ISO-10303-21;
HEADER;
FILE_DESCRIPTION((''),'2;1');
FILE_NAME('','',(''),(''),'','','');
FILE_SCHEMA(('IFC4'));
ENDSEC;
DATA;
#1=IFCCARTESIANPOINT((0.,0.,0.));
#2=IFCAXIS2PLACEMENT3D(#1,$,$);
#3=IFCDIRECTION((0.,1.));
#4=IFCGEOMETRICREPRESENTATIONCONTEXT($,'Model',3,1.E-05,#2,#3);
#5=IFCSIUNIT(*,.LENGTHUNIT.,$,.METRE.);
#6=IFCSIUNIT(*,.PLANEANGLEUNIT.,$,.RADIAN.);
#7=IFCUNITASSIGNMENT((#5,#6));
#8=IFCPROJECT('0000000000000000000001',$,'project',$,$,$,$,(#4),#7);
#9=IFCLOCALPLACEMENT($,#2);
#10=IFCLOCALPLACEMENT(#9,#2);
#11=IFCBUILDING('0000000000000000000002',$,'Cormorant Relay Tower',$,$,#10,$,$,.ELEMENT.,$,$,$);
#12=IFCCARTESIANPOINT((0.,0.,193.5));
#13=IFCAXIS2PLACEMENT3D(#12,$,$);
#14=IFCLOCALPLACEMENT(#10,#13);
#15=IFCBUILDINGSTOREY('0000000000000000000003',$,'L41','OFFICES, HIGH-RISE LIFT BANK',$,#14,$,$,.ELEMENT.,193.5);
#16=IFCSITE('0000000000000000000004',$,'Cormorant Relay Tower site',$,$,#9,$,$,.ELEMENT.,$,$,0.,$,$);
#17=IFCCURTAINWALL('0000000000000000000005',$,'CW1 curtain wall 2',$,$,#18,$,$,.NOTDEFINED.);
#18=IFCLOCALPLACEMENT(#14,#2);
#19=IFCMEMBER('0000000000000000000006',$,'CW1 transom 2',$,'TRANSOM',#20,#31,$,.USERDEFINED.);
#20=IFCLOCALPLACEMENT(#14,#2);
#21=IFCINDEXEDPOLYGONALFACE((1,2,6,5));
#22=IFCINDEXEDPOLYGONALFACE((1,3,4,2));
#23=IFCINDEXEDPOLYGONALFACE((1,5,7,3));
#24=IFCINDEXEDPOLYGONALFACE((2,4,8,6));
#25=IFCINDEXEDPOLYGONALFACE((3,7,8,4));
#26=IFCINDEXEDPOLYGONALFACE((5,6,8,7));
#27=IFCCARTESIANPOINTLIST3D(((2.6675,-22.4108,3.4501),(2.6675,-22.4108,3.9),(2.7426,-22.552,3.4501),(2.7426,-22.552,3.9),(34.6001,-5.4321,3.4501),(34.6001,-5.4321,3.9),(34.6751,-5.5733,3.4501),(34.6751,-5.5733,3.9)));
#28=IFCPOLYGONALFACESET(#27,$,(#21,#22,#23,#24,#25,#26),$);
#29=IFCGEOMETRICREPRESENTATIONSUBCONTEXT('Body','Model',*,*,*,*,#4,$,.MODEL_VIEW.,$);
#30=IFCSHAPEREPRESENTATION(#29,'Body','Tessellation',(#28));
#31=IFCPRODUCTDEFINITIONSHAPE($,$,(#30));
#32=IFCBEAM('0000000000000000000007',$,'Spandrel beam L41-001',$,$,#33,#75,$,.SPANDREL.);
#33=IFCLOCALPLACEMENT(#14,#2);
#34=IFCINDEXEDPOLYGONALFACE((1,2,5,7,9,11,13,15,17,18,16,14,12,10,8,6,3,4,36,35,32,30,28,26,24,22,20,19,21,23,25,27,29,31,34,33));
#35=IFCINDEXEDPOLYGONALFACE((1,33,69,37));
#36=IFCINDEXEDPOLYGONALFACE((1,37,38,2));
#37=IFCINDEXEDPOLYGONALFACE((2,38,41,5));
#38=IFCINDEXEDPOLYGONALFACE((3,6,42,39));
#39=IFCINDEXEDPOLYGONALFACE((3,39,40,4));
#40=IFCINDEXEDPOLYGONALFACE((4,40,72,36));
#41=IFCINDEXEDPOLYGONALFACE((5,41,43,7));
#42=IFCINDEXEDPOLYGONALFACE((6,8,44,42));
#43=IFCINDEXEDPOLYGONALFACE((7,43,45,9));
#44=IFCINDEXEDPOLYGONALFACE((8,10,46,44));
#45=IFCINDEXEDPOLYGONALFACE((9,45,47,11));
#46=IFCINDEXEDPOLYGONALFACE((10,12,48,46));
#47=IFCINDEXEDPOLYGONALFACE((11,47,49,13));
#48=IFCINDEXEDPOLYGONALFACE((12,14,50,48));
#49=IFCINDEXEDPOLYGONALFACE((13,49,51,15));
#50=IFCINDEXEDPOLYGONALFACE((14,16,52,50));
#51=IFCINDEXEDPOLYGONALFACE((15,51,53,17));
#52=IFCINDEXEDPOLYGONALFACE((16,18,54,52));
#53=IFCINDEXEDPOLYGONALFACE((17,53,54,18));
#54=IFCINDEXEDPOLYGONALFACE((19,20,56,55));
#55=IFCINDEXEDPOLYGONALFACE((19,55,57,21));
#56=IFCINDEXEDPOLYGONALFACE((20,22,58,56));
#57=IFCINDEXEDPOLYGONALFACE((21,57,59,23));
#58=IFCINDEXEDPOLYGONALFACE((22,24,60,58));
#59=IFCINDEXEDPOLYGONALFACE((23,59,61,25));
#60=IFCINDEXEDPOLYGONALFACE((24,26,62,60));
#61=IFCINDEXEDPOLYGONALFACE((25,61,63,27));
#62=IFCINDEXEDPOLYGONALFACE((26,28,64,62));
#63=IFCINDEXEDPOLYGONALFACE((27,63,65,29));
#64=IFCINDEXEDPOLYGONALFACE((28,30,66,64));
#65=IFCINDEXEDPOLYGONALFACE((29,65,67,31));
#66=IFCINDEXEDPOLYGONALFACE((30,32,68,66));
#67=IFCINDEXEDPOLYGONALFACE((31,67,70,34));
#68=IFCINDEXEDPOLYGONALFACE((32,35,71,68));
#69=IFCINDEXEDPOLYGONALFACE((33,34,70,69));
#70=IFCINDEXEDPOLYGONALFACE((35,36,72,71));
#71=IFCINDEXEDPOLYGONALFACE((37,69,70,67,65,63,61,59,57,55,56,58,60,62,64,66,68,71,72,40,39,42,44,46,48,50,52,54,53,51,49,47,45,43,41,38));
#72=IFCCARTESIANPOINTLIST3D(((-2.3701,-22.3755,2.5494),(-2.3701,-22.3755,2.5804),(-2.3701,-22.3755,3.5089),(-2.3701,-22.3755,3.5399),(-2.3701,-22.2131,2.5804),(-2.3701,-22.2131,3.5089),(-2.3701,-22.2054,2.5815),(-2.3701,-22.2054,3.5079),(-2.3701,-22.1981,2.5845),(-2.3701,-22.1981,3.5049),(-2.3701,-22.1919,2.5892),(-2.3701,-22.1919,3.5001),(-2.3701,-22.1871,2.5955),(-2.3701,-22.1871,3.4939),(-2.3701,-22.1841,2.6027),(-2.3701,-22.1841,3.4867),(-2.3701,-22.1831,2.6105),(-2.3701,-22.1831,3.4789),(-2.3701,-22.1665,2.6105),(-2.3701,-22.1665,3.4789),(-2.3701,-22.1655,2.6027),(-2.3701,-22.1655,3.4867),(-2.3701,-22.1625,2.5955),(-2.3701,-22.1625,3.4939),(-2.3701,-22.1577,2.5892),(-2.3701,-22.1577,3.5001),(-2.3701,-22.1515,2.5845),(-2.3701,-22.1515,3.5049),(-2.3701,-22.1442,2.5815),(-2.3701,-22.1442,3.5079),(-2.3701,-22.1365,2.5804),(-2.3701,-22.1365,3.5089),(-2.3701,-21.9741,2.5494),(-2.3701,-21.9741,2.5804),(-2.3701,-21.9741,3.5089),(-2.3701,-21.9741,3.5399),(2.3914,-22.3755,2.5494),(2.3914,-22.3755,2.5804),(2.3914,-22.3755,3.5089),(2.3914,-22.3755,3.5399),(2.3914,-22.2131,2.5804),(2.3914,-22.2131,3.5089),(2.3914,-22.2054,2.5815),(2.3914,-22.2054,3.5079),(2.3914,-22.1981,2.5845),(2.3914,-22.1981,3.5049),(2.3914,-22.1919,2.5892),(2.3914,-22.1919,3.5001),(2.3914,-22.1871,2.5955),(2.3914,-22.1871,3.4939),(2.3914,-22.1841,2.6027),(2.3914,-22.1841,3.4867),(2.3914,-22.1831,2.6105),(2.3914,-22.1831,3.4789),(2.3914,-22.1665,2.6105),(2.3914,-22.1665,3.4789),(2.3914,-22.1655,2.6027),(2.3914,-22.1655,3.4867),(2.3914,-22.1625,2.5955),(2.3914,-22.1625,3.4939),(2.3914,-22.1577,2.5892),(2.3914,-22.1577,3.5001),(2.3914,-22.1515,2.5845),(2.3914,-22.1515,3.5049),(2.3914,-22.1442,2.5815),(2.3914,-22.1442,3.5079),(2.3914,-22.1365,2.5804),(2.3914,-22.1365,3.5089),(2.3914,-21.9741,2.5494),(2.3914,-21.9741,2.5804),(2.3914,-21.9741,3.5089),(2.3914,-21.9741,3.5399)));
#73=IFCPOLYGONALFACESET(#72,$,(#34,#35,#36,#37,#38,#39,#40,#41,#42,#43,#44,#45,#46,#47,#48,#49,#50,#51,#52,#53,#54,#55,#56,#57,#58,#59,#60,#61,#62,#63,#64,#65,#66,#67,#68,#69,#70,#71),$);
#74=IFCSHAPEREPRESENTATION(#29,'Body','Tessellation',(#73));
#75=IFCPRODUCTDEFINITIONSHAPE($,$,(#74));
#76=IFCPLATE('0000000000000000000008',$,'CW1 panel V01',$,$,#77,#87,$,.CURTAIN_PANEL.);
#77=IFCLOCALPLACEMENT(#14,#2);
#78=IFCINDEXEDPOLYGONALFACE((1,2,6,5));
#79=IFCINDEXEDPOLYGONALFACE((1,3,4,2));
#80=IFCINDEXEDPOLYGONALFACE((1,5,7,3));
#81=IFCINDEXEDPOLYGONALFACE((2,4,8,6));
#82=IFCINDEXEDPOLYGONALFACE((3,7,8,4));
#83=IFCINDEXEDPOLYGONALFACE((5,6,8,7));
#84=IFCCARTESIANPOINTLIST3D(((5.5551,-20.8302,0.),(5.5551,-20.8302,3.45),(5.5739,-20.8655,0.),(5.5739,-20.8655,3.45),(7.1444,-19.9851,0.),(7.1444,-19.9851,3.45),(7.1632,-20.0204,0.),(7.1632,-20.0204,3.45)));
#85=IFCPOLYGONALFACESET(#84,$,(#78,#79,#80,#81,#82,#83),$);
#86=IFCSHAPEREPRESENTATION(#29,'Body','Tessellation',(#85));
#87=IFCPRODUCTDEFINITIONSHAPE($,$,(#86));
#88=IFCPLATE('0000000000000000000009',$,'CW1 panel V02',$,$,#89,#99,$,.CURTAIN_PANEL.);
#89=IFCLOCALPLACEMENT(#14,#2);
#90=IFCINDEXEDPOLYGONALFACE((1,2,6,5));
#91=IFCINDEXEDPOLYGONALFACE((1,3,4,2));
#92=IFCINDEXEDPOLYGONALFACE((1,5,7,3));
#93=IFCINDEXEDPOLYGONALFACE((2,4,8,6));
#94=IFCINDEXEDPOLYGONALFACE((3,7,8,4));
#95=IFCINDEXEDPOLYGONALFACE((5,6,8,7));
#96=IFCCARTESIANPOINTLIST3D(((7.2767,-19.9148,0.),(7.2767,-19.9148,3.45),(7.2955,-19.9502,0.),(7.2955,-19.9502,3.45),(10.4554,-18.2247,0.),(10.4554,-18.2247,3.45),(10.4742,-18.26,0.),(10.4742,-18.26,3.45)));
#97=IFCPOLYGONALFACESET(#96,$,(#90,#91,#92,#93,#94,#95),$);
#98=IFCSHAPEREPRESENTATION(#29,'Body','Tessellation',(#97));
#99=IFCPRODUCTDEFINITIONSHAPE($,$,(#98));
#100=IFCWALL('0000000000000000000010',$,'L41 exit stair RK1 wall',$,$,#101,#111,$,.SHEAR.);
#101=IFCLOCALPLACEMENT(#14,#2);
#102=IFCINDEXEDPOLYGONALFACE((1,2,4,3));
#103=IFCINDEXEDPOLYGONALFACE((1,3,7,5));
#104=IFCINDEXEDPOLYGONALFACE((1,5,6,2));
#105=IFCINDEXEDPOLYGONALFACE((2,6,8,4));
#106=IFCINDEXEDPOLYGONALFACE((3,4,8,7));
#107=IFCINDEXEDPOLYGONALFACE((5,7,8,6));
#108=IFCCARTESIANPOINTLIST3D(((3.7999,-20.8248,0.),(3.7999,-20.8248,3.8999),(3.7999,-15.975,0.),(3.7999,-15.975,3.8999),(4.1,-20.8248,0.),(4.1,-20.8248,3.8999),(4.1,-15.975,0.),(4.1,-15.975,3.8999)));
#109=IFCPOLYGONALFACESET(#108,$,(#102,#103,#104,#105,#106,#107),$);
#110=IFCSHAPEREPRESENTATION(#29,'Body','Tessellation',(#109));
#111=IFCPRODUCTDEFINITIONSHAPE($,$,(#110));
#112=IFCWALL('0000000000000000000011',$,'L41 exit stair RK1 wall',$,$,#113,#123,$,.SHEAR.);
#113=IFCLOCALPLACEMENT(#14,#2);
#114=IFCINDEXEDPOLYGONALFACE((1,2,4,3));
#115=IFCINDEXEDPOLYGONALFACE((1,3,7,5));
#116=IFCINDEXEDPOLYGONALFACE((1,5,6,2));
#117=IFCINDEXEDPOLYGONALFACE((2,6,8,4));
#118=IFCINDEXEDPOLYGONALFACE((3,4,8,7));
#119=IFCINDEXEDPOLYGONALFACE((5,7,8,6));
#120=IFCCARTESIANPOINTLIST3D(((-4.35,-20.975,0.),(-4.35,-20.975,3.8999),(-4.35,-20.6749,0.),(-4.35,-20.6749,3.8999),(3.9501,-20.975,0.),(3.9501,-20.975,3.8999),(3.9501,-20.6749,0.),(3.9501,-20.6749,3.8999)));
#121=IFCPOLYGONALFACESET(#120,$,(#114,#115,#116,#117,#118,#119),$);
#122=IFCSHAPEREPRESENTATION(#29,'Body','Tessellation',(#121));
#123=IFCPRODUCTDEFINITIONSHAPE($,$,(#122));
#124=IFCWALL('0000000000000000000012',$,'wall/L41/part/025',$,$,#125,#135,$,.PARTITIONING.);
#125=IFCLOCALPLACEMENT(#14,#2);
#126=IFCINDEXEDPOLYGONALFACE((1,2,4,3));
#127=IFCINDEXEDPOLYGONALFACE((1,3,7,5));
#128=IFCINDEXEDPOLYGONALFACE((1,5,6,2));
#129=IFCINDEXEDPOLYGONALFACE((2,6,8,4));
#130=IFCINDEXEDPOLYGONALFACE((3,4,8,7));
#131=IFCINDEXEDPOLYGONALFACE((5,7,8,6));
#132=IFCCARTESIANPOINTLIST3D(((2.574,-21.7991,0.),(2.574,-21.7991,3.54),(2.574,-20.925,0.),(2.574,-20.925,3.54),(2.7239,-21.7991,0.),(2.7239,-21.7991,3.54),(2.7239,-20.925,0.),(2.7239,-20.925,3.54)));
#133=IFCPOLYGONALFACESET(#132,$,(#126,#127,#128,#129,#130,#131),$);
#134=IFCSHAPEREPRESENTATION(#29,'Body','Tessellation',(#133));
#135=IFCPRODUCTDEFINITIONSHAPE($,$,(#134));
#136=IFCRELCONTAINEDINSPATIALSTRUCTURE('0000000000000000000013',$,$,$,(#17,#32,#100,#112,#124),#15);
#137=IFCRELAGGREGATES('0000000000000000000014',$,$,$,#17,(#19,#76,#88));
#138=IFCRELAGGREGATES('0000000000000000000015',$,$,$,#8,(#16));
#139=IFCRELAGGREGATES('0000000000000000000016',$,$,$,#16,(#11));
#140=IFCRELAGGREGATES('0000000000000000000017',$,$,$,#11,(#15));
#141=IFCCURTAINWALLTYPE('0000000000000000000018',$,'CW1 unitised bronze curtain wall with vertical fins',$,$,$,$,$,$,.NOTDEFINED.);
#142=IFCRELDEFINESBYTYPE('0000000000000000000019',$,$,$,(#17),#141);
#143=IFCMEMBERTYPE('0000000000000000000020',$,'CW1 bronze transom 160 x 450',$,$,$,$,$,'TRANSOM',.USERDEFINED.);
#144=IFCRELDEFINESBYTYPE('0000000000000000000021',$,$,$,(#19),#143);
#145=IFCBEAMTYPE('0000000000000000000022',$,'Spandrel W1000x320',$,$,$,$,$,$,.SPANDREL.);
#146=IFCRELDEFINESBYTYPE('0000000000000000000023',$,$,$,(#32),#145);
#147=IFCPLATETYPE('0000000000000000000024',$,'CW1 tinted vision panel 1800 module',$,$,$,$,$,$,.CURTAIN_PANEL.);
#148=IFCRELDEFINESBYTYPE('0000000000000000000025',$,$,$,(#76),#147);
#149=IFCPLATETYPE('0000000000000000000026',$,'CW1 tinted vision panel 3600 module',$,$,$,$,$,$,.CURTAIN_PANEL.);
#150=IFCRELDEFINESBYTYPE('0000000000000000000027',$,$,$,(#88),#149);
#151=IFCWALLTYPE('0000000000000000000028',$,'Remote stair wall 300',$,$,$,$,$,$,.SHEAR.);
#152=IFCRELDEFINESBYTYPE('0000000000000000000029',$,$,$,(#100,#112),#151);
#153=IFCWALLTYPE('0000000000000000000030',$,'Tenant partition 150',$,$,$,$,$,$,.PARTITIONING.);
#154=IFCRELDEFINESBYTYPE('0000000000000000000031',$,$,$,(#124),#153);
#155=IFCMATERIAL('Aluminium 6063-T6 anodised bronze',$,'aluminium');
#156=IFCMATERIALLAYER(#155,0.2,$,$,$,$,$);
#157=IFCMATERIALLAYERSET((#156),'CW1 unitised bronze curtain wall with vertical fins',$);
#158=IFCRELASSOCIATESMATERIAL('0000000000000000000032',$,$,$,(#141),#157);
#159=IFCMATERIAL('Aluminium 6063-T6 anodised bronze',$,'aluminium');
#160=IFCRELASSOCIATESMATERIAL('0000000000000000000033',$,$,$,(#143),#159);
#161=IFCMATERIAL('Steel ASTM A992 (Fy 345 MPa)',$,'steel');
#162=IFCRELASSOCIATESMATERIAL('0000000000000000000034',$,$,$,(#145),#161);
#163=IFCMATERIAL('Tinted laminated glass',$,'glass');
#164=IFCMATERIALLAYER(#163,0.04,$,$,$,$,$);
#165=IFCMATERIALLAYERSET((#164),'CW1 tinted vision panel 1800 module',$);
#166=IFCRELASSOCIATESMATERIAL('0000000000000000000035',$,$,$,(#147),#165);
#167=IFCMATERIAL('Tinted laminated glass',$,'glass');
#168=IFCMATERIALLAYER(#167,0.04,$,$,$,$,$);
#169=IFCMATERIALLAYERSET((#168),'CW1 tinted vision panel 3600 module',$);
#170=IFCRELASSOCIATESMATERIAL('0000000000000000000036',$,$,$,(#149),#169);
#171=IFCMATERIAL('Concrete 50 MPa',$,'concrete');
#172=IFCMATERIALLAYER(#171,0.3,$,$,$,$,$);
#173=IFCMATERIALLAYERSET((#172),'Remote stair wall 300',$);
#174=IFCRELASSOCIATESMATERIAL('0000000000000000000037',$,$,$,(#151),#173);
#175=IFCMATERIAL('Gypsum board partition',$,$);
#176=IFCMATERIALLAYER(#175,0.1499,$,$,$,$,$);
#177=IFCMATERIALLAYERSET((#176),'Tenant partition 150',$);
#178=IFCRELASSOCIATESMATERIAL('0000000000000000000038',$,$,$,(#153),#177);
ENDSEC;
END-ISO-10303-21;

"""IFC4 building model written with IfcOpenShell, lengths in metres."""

from ifc_helpers import new_model, si_unit, direction, frame, frame_2d, origin, origin_2d, place, context, subcontext, project, spatial, rectangle, i_section, extrude, material, layer, layer_set, material_profile, profile_set, type_object, element, aggregate, save


model = new_model("IFC4")

# Units and contexts
model_context = context("Model", 3, precision=1e-05, world=origin(), true_north=direction((0.0, 1.0)))
body_context = subcontext(model_context, "Body", "Model", "MODEL_VIEW")
ifc_project = project(units=[si_unit("LENGTHUNIT", "METRE"), si_unit("PLANEANGLEUNIT", "RADIAN")], contexts=[model_context])

# Site, building, storey
site_placement = place(None, origin())
site = spatial("IfcSite", under=ifc_project, at=site_placement, Name="Cormorant Relay Tower site", CompositionType="ELEMENT", RefElevation=0.0)
building_placement = place(site_placement, origin())
building = spatial("IfcBuilding", under=site, at=building_placement, Name="Cormorant Relay Tower", CompositionType="ELEMENT")
storey_placement = place(building_placement, frame((0.0, 0.0, 193.5)))
storey = spatial("IfcBuildingStorey", under=building, at=storey_placement, Name="L41", Description="OFFICES, HIGH-RISE LIFT BANK", CompositionType="ELEMENT", Elevation=193.5)

# Curtain wall, member
ifc_material_1 = material(Name="Aluminium 6063-T6 anodised bronze", Category="aluminium")
ifc_layer_1 = layer(ifc_material_1, 0.2)
ifc_layer_set_1 = layer_set([ifc_layer_1], Name="CW1 unitised bronze curtain wall with vertical fins")
curtain_wall_type = type_object("IfcCurtainWallType", Name="CW1 unitised bronze curtain wall with vertical fins", PredefinedType="NOTDEFINED", material=ifc_layer_set_1)
curtain_wall_1_placement = place(storey_placement, origin())
curtain_wall_1 = element("IfcCurtainWall", 1, at=curtain_wall_1_placement, inside=storey, type_object=curtain_wall_type, Name="CW1 curtain wall 2", PredefinedType="NOTDEFINED")
ifc_material_2 = material(Name="Aluminium 6063-T6 anodised bronze", Category="aluminium")
ifc_material_profile_1 = material_profile(ifc_material_2, rectangle(XDim=0.1599, YDim=0.45, at=origin_2d()), Name="AL 160x450")
ifc_profile_set_1 = profile_set([ifc_material_profile_1], Name="Aluminium 6063-T6 anodised bronze")
member_type_1 = type_object("IfcMemberType", Name="CW1 bronze transom 160 x 450", ElementType="TRANSOM", PredefinedType="USERDEFINED", material=ifc_profile_set_1)
member_1_placement = place(storey_placement, frame((2.7051, -22.4814, 3.675), z_axis=(0.882949, 0.469469, 0.0), x_axis=(-0.469469, 0.882949, 0.0)))
member_1 = element("IfcMember", 2, at=member_1_placement, type_object=member_type_1, Name="CW1 transom 2", ObjectType="TRANSOM", PredefinedType="USERDEFINED", context=body_context, shape_type="SweptSolid", body=[
    extrude(rectangle(XDim=0.1599, YDim=0.45, at=origin_2d()), origin(), (0.0, 0.0, 1.0), 36.1658),
])

# Beam
ifc_material_3 = material(Name="Steel ASTM A992 (Fy 345 MPa)", Category="steel")
ifc_material_profile_2 = material_profile(ifc_material_3, i_section(OverallWidth=0.4014, OverallDepth=0.9905, WebThickness=0.0166, FlangeThickness=0.031, FilletRadius=0.03, at=origin_2d()), Name="W1000x320")
ifc_profile_set_2 = profile_set([ifc_material_profile_2], Name="Steel ASTM A992 (Fy 345 MPa)")
beam_type = type_object("IfcBeamType", Name="Spandrel W1000x320", PredefinedType="SPANDREL", material=ifc_profile_set_2)
beam_placement = place(storey_placement, frame((-2.3701, -22.1748, 3.0447), z_axis=(1.0, 0.0, 0.0), x_axis=(0.0, 1.0, 0.0)))
element("IfcBeam", 3, at=beam_placement, inside=storey, type_object=beam_type, Name="Spandrel beam L41-001", PredefinedType="SPANDREL", context=body_context, shape_type="SweptSolid", body=[
    extrude(i_section(OverallWidth=0.4014, OverallDepth=0.9905, WebThickness=0.0166, FlangeThickness=0.031, FilletRadius=0.03, at=origin_2d()), origin(), (0.0, 0.0, 1.0), 4.7615),
])

# Plates
ifc_material_4 = material(Name="Tinted laminated glass", Category="glass")
ifc_layer_2 = layer(ifc_material_4, 0.04)
ifc_layer_set_2 = layer_set([ifc_layer_2], Name="CW1 tinted vision panel 1800 module")
plate_type_1 = type_object("IfcPlateType", Name="CW1 tinted vision panel 1800 module", PredefinedType="CURTAIN_PANEL", material=ifc_layer_set_2)
plate_1_placement = place(storey_placement, frame((6.3591, -20.4253, 0.0), z_axis=(0.0, 0.0, 1.0), x_axis=(0.882948, 0.469472, 0.0)))
plate_1 = element("IfcPlate", 4, at=plate_1_placement, type_object=plate_type_1, Name="CW1 panel V01", PredefinedType="CURTAIN_PANEL", context=body_context, shape_type="SweptSolid", body=[
    extrude(rectangle(XDim=1.8, YDim=0.04, at=origin_2d()), origin(), (0.0, 0.0, 1.0), 3.45),
])
ifc_material_5 = material(Name="Tinted laminated glass", Category="glass")
ifc_layer_3 = layer(ifc_material_5, 0.04)
ifc_layer_set_3 = layer_set([ifc_layer_3], Name="CW1 tinted vision panel 3600 module")
plate_type_2 = type_object("IfcPlateType", Name="CW1 tinted vision panel 3600 module", PredefinedType="CURTAIN_PANEL", material=ifc_layer_set_3)
plate_2_placement = place(storey_placement, frame((8.8755, -19.0874, 0.0), z_axis=(0.0, 0.0, 1.0), x_axis=(0.882948, 0.469472, 0.0)))
plate_2 = element("IfcPlate", 5, at=plate_2_placement, type_object=plate_type_2, Name="CW1 panel V02", PredefinedType="CURTAIN_PANEL", context=body_context, shape_type="SweptSolid", body=[
    extrude(rectangle(XDim=3.6001, YDim=0.04, at=origin_2d()), origin(), (0.0, 0.0, 1.0), 3.45),
])

# Walls
ifc_material_6 = material(Name="Concrete 50 MPa", Category="concrete")
ifc_layer_4 = layer(ifc_material_6, 0.3)
ifc_layer_set_4 = layer_set([ifc_layer_4], Name="Remote stair wall 300")
wall_type_1 = type_object("IfcWallType", Name="Remote stair wall 300", PredefinedType="SHEAR", material=ifc_layer_set_4)
wall_1_placement = place(storey_placement, frame((3.95, -15.9751, 0.0), z_axis=(0.0, 0.0, 1.0), x_axis=(0.0, -1.0, 0.0)))
element("IfcWall", 6, at=wall_1_placement, inside=storey, type_object=wall_type_1, Name="L41 exit stair RK1 wall", PredefinedType="SHEAR", context=body_context, shape_type="SweptSolid", body=[
    extrude(rectangle(XDim=4.8499, YDim=0.3, at=frame_2d((2.4248, 0.0))), origin(), (0.0, 0.0, 1.0), 3.8999),
])
wall_2_placement = place(storey_placement, frame((3.95, -20.825, 0.0), z_axis=(0.0, 0.0, 1.0), x_axis=(-1.0, 0.0, 0.0)))
element("IfcWall", 7, at=wall_2_placement, inside=storey, type_object=wall_type_1, Name="L41 exit stair RK1 wall", PredefinedType="SHEAR", context=body_context, shape_type="SweptSolid", body=[
    extrude(rectangle(XDim=8.3, YDim=0.3, at=frame_2d((4.1499, 0.0))), origin(), (0.0, 0.0, 1.0), 3.8999),
])
ifc_material_7 = material(Name="Gypsum board partition")
ifc_layer_5 = layer(ifc_material_7, 0.1499)
ifc_layer_set_5 = layer_set([ifc_layer_5], Name="Tenant partition 150")
wall_type_2 = type_object("IfcWallType", Name="Tenant partition 150", PredefinedType="PARTITIONING", material=ifc_layer_set_5)
wall_3_placement = place(storey_placement, frame((2.6489, -21.7991, 0.0), z_axis=(0.0, 0.0, 1.0), x_axis=(0.0, 1.0, 0.0)))
element("IfcWall", 8, at=wall_3_placement, inside=storey, type_object=wall_type_2, Name="wall/L41/part/025", PredefinedType="PARTITIONING", context=body_context, shape_type="SweptSolid", body=[
    extrude(rectangle(XDim=0.874, YDim=0.1499, at=frame_2d((0.437, 0.0))), origin(), (0.0, 0.0, 1.0), 3.54),
])

aggregate(curtain_wall_1, [member_1, plate_1, plate_2])

save(model, "model.ifc")
